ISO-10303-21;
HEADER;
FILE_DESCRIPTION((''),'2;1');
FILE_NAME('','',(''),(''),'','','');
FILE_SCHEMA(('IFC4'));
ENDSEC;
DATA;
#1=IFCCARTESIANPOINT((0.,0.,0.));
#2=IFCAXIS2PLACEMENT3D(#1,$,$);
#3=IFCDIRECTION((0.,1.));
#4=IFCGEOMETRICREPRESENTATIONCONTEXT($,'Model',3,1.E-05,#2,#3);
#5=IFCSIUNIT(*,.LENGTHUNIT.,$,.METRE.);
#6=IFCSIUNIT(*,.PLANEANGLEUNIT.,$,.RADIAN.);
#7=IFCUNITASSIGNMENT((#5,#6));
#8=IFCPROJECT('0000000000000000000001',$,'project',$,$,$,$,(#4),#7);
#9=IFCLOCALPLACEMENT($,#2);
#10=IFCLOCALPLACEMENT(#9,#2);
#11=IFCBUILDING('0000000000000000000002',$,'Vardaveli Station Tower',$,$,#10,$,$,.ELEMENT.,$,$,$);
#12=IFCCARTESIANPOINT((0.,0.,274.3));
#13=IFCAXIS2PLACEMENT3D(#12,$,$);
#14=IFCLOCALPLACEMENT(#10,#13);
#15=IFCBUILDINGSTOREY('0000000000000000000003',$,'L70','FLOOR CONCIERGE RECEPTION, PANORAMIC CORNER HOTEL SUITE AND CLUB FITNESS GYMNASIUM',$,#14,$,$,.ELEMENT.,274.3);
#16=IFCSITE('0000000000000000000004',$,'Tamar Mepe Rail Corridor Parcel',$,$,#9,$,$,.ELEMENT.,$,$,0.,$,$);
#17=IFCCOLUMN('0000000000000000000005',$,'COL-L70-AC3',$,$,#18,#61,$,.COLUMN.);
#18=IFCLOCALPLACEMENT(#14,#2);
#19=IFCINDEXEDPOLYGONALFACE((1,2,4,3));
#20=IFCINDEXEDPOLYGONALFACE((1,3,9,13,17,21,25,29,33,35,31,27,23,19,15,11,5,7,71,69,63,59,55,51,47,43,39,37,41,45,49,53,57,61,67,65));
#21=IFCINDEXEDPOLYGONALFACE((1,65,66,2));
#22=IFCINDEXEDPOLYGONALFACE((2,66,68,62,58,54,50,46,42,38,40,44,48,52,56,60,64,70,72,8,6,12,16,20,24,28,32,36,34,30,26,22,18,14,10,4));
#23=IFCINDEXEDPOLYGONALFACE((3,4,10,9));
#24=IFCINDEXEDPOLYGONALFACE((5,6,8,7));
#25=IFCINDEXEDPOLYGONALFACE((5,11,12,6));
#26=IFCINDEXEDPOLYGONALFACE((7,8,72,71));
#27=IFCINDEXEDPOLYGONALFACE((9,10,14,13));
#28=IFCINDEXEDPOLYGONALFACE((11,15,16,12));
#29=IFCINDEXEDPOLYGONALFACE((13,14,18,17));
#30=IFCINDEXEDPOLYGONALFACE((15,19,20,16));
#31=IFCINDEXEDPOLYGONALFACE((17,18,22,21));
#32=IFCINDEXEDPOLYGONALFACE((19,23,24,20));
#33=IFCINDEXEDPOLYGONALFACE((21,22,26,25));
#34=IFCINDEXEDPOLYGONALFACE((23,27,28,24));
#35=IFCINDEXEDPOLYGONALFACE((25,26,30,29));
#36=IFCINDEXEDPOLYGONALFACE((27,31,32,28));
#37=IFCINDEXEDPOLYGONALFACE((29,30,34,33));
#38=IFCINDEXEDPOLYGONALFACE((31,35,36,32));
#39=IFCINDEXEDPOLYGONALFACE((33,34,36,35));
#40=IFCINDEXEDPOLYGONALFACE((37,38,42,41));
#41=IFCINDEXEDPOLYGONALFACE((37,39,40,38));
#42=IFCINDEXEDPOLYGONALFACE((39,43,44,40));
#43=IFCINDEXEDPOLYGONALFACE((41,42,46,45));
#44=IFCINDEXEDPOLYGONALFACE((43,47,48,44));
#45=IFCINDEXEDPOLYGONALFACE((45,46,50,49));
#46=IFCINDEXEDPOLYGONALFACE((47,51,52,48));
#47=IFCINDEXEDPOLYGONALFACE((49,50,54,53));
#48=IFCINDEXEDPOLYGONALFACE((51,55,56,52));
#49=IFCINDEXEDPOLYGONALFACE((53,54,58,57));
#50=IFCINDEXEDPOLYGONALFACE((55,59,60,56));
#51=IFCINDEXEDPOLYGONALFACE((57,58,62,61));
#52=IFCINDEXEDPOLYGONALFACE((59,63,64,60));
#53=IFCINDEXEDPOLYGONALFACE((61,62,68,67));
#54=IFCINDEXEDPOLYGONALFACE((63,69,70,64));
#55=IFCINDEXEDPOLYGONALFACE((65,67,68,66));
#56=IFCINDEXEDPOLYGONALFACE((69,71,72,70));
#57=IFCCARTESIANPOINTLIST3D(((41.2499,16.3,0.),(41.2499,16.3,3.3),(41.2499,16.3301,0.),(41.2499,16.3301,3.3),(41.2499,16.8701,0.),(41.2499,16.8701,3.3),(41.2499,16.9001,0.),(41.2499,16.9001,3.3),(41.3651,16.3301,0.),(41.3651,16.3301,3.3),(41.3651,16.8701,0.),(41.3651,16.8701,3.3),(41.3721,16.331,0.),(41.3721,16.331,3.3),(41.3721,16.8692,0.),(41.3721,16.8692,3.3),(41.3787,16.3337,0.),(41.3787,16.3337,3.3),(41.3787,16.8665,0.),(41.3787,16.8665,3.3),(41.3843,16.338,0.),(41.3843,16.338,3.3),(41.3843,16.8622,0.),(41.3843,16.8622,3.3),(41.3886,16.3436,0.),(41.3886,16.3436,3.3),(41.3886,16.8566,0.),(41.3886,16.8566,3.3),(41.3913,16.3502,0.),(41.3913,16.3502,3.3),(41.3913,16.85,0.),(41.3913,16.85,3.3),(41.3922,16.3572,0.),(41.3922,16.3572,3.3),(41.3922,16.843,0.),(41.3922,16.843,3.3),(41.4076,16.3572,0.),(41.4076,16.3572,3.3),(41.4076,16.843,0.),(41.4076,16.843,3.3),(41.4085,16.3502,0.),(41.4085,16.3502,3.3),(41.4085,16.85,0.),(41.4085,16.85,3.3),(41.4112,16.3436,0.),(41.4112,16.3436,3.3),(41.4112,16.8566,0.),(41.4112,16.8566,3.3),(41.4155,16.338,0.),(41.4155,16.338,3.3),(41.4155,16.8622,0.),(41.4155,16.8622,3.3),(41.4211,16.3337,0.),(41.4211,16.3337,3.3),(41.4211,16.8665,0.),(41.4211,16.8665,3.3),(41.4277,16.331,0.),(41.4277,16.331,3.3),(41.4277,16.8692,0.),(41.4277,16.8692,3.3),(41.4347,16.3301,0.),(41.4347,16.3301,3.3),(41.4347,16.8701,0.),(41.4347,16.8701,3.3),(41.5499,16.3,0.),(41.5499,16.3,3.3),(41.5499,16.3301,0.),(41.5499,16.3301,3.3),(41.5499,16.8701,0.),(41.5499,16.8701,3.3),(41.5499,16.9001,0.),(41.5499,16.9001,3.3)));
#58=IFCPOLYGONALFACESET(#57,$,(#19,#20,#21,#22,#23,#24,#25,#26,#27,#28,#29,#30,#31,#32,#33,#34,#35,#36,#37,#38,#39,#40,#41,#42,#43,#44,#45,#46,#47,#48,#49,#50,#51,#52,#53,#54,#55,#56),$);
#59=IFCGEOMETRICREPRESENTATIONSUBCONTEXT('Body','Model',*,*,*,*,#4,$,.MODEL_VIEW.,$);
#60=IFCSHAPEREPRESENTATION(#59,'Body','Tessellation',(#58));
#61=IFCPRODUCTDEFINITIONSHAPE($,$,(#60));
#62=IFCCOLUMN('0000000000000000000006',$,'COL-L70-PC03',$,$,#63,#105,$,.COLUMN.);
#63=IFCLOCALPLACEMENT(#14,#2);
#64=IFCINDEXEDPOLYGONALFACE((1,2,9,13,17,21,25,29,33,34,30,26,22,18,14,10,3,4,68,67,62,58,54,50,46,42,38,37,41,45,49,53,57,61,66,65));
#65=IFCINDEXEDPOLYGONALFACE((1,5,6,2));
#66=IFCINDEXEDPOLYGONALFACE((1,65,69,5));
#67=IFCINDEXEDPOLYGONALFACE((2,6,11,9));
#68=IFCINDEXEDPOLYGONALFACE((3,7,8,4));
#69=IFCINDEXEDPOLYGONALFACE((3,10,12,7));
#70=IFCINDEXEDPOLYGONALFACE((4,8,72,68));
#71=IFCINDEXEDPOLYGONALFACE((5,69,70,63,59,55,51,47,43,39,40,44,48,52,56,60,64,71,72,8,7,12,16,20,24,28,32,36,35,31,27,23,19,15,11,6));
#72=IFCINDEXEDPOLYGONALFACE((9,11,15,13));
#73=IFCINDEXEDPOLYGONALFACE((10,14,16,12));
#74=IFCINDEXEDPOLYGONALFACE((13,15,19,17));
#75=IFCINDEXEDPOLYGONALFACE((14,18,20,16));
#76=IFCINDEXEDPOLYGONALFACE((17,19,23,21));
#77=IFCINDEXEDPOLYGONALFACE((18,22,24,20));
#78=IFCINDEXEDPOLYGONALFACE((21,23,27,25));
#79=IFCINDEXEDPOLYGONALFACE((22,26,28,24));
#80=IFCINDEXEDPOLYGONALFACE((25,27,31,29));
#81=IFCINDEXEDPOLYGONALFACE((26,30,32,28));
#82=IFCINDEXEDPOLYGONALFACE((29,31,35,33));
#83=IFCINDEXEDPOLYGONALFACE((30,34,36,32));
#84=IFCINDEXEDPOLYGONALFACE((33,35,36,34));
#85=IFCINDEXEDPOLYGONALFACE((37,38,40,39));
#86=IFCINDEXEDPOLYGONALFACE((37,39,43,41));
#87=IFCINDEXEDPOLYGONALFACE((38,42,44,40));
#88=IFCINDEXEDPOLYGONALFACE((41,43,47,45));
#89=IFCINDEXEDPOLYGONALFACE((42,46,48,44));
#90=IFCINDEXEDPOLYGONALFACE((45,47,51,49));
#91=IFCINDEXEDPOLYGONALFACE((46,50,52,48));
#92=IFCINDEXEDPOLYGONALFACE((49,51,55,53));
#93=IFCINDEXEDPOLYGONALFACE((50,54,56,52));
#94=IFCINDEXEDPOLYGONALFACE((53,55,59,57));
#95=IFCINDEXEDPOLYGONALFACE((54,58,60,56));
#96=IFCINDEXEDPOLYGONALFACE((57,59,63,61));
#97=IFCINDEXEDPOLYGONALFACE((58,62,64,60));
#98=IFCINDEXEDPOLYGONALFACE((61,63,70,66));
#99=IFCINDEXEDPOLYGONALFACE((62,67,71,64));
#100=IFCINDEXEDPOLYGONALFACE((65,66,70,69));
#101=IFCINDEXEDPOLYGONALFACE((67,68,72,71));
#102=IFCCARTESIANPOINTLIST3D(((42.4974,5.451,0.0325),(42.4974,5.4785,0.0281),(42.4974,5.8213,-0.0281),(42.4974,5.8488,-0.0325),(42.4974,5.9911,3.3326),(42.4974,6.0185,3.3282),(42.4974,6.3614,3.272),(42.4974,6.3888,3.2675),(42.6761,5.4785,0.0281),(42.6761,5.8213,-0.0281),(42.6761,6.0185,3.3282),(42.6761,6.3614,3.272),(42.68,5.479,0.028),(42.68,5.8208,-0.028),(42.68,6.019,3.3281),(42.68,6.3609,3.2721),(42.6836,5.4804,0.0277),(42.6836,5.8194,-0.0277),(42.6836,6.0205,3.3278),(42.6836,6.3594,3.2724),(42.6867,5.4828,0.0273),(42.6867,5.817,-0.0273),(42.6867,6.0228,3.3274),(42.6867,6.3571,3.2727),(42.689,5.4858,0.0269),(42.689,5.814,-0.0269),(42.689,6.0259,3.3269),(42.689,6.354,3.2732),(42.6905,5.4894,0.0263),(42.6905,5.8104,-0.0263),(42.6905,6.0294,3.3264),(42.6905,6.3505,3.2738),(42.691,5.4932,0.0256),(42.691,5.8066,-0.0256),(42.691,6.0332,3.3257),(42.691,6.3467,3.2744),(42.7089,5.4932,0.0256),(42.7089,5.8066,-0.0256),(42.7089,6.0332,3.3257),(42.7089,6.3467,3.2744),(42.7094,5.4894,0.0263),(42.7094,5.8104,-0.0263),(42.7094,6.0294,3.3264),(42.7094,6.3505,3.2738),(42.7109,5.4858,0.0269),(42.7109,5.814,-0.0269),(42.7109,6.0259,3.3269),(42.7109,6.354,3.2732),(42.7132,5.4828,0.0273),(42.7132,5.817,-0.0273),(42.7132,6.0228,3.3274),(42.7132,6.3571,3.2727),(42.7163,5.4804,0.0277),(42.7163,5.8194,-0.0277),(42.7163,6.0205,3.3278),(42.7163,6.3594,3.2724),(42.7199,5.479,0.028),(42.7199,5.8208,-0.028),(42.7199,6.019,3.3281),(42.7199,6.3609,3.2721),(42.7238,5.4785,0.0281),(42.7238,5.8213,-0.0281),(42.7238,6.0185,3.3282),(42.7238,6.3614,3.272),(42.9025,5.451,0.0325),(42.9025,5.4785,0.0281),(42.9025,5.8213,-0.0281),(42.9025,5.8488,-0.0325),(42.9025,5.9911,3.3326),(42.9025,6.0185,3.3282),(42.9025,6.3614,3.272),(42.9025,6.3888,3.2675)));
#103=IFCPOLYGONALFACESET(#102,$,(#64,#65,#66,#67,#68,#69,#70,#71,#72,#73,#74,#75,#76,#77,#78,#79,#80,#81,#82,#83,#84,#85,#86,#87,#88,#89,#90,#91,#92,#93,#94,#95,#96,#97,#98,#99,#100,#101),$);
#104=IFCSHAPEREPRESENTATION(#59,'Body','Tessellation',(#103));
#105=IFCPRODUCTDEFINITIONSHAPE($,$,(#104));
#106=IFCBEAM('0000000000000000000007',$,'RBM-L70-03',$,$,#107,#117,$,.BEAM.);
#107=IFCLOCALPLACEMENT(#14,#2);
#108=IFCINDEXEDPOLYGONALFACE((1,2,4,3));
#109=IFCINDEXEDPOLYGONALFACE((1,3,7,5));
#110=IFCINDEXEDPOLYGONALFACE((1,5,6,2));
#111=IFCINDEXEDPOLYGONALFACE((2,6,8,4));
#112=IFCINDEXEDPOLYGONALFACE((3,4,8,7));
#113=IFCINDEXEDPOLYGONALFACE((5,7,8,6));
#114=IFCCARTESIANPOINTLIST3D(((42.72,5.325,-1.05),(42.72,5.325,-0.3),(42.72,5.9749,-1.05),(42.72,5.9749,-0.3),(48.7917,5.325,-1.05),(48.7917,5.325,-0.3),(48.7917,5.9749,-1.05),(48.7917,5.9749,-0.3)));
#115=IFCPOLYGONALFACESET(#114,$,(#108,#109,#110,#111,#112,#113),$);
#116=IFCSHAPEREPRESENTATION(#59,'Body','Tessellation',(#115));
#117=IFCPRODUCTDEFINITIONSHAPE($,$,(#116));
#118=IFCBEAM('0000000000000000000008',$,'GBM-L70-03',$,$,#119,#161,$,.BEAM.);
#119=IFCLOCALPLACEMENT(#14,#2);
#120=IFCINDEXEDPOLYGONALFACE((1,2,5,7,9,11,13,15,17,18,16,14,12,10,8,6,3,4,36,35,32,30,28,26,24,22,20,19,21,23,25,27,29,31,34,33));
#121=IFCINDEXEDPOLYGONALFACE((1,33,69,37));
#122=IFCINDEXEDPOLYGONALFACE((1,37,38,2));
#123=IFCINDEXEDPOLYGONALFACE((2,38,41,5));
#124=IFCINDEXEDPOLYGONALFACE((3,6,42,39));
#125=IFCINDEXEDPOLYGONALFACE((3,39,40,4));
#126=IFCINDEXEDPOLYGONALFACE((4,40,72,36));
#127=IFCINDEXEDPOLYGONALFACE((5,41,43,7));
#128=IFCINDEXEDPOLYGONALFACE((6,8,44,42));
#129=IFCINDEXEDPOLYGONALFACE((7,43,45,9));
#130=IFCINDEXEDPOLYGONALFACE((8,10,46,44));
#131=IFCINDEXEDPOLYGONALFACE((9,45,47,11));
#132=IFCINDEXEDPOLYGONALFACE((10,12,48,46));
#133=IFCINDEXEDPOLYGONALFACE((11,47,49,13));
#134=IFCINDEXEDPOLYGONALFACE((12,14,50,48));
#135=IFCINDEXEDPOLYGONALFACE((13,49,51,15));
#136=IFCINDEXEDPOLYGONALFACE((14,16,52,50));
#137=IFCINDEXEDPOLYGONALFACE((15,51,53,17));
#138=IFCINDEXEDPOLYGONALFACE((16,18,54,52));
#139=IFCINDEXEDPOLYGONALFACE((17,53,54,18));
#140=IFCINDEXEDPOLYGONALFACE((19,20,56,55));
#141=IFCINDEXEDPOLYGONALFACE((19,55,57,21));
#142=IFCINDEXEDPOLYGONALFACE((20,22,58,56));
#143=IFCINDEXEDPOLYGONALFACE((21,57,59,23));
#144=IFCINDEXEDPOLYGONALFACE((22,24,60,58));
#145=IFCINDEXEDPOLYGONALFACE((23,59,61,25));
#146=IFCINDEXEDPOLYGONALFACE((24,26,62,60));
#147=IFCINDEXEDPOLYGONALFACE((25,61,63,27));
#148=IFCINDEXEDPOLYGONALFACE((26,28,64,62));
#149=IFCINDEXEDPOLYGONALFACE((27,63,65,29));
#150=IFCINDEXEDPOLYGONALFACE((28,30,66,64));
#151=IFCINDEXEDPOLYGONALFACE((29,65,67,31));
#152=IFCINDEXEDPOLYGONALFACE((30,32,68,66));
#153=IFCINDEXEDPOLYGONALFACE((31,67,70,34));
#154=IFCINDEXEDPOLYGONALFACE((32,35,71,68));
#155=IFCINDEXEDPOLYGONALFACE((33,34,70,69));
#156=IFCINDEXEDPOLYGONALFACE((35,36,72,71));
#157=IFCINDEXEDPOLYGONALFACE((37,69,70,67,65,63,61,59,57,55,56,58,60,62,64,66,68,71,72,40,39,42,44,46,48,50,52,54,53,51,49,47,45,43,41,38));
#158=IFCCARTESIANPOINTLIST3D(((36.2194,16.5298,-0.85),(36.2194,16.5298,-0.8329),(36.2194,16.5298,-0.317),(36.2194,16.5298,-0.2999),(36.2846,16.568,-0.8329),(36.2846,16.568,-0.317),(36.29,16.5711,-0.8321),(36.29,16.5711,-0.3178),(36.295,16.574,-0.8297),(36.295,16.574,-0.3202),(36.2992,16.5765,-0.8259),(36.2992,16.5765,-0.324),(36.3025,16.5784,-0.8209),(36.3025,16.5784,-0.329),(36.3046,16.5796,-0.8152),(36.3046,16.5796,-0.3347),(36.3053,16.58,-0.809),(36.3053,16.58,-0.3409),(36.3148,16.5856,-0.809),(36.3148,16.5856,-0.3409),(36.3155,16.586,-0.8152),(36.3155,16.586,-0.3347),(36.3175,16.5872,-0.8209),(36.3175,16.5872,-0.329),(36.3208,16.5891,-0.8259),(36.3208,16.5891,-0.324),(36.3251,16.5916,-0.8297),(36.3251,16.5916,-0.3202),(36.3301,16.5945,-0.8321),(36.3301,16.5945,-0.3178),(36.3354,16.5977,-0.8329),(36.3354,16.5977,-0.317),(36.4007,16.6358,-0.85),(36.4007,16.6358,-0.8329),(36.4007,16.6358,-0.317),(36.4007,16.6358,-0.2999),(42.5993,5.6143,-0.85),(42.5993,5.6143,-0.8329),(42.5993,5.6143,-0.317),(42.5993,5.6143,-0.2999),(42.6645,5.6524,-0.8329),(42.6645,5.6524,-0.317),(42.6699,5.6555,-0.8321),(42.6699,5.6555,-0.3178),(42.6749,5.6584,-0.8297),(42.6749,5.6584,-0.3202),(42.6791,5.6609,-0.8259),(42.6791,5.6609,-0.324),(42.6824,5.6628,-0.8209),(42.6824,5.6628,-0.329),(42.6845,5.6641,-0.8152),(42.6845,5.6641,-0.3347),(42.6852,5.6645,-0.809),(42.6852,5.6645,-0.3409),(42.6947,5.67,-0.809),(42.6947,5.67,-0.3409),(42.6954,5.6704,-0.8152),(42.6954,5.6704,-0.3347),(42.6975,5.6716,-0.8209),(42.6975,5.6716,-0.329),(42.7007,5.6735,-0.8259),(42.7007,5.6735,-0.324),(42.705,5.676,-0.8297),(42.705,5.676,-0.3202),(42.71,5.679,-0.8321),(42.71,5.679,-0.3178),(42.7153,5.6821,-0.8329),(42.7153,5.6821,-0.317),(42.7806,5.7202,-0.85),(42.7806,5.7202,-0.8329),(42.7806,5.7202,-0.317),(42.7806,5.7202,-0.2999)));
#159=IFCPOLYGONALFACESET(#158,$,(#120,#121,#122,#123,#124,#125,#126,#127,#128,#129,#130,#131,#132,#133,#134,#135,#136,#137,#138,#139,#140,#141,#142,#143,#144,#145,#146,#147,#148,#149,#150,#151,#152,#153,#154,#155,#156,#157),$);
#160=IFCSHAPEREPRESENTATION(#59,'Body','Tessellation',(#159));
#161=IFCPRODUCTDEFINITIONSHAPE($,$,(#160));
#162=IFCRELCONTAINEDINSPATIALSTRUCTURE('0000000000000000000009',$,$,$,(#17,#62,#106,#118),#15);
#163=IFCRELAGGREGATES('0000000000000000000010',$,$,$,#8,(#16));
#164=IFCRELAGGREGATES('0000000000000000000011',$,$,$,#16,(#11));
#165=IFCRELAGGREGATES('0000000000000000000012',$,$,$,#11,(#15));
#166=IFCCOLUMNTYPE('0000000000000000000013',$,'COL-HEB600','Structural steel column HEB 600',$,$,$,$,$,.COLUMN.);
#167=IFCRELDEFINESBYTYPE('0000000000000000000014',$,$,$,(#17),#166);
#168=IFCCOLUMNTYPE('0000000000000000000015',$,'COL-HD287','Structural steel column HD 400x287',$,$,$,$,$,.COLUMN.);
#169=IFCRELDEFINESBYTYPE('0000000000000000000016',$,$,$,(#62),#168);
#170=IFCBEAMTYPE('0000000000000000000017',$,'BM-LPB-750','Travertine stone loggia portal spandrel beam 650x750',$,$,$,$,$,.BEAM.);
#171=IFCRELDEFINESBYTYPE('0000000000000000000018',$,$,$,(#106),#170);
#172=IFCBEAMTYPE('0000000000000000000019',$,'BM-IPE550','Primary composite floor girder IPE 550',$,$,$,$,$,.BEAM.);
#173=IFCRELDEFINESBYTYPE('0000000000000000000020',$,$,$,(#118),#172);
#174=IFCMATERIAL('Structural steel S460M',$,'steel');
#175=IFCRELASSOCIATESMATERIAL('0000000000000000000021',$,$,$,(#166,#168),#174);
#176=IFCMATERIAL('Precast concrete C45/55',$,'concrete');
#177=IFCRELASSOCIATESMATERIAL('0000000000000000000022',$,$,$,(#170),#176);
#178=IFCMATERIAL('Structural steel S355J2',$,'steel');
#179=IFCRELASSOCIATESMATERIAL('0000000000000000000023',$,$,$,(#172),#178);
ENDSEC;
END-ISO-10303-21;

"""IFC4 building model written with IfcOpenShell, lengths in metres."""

from ifc_helpers import new_model, si_unit, direction, frame, origin, origin_2d, place, context, subcontext, project, spatial, rectangle, i_section, extrude, source, transform, mapped, material, material_profile, profile_set, type_object, element, save


model = new_model("IFC4")

# Units and contexts
model_context = context("Model", 3, precision=1e-05, world=origin(), true_north=direction((0.0, 1.0)))
body_context = subcontext(model_context, "Body", "Model", "MODEL_VIEW")
ifc_project = project(units=[si_unit("LENGTHUNIT", "METRE"), si_unit("PLANEANGLEUNIT", "RADIAN")], contexts=[model_context])

# Site, building, storey
site_placement = place(None, origin())
site = spatial("IfcSite", under=ifc_project, at=site_placement, Name="Tamar Mepe Rail Corridor Parcel", CompositionType="ELEMENT", RefElevation=0.0)
building_placement = place(site_placement, origin())
building = spatial("IfcBuilding", under=site, at=building_placement, Name="Vardaveli Station Tower", CompositionType="ELEMENT")
storey_placement = place(building_placement, frame((0.0, 0.0, 274.3)))
storey = spatial("IfcBuildingStorey", under=building, at=storey_placement, Name="L70", Description="FLOOR CONCIERGE RECEPTION, PANORAMIC CORNER HOTEL SUITE AND CLUB FITNESS GYMNASIUM", CompositionType="ELEMENT", Elevation=274.3)

# Columns
ifc_material_1 = material(Name="Structural steel S460M", Category="steel")
ifc_material_profile_1 = material_profile(ifc_material_1, i_section(OverallWidth=0.3, OverallDepth=0.6001, WebThickness=0.0154, FlangeThickness=0.03, FilletRadius=0.0271, at=origin_2d()), Name="HEB 600")
ifc_profile_set_1 = profile_set([ifc_material_profile_1], Name="Structural steel S460M")
column_type_1 = type_object("IfcColumnType", Name="COL-HEB600", Description="Structural steel column HEB 600", PredefinedType="COLUMN", material=ifc_profile_set_1)
shared_shape_1 = source(origin(), body_context, "Body", "SweptSolid", [
    extrude(i_section(OverallWidth=0.3, OverallDepth=0.6001, WebThickness=0.0154, FlangeThickness=0.03, FilletRadius=0.0271, at=origin_2d()), origin(), (0.0, 0.0, 1.0), 3.3),
])
column_1_placement = place(storey_placement, frame((41.3999, 16.6001, 0.0), z_axis=(0.0, 0.0, 1.0), x_axis=(1.0, 0.0, 0.0)))
element("IfcColumn", 1, at=column_1_placement, inside=storey, type_object=column_type_1, Name="COL-L70-AC3", PredefinedType="COLUMN", context=body_context, shape_type="MappedRepresentation", body=[
    mapped(shared_shape_1, transform((0.0, 0.0, 0.0), scale=1.0)),
])
ifc_material_profile_2 = material_profile(ifc_material_1, i_section(OverallWidth=0.405, OverallDepth=0.4031, WebThickness=0.0178, FlangeThickness=0.0278, FilletRadius=0.0149, at=origin_2d()), Name="HD 400x287")
ifc_profile_set_2 = profile_set([ifc_material_profile_2], Name="Structural steel S460M")
column_type_2 = type_object("IfcColumnType", Name="COL-HD287", Description="Structural steel column HD 400x287", PredefinedType="COLUMN", material=ifc_profile_set_2)
shared_shape_2 = source(origin(), body_context, "Body", "SweptSolid", [
    extrude(i_section(OverallWidth=0.405, OverallDepth=0.4031, WebThickness=0.0178, FlangeThickness=0.0278, FilletRadius=0.0149, at=origin_2d()), origin(), (0.0, 0.0, 1.0), 3.344),
])
column_2_placement = place(storey_placement, frame((42.7, 5.6499, 0.0), z_axis=(0.0, 0.161498, 0.986873), x_axis=(-1.0, 0.0, 0.0)))
element("IfcColumn", 2, at=column_2_placement, inside=storey, type_object=column_type_2, Name="COL-L70-PC03", PredefinedType="COLUMN", context=body_context, shape_type="MappedRepresentation", body=[
    mapped(shared_shape_2, transform((0.0, 0.0, 0.0), scale=1.0)),
])

# Beams
ifc_material_2 = material(Name="Precast concrete C45/55", Category="concrete")
ifc_material_profile_3 = material_profile(ifc_material_2, rectangle(XDim=0.6499, YDim=0.75, at=origin_2d()), Name="LPB 650x750")
ifc_profile_set_3 = profile_set([ifc_material_profile_3], Name="Precast concrete C45/55")
beam_type_1 = type_object("IfcBeamType", Name="BM-LPB-750", Description="Travertine stone loggia portal spandrel beam 650x750", PredefinedType="BEAM", material=ifc_profile_set_3)
shared_shape_3 = source(origin(), body_context, "Body", "SweptSolid", [
    extrude(rectangle(XDim=0.6499, YDim=0.75, at=origin_2d()), origin(), (0.0, 0.0, 1.0), 6.0718),
])
beam_1_placement = place(storey_placement, frame((42.72, 5.6499, -0.675), z_axis=(1.0, 0.0, 0.0), x_axis=(0.0, 1.0, 0.0)))
element("IfcBeam", 3, at=beam_1_placement, inside=storey, type_object=beam_type_1, Name="RBM-L70-03", PredefinedType="BEAM", context=body_context, shape_type="MappedRepresentation", body=[
    mapped(shared_shape_3, transform((0.0, 0.0, 0.0), scale=1.0)),
])
ifc_material_3 = material(Name="Structural steel S355J2", Category="steel")
ifc_material_profile_4 = material_profile(ifc_material_3, i_section(OverallWidth=0.21, OverallDepth=0.55, WebThickness=0.011, FlangeThickness=0.0171, FilletRadius=0.0239, at=origin_2d()), Name="IPE 550")
ifc_profile_set_4 = profile_set([ifc_material_profile_4], Name="Structural steel S355J2")
beam_type_2 = type_object("IfcBeamType", Name="BM-IPE550", Description="Primary composite floor girder IPE 550", PredefinedType="BEAM", material=ifc_profile_set_4)
shared_shape_4 = source(origin(), body_context, "Body", "SweptSolid", [
    extrude(i_section(OverallWidth=0.21, OverallDepth=0.55, WebThickness=0.011, FlangeThickness=0.0171, FilletRadius=0.0239, at=origin_2d()), origin(), (0.0, 0.0, 1.0), 12.6433),
])
beam_2_placement = place(storey_placement, frame((42.6899, 5.6672, -0.575), z_axis=(-0.504608, 0.863349, 0.0), x_axis=(-0.863349, -0.504608, 0.0)))
element("IfcBeam", 4, at=beam_2_placement, inside=storey, type_object=beam_type_2, Name="GBM-L70-03", PredefinedType="BEAM", context=body_context, shape_type="MappedRepresentation", body=[
    mapped(shared_shape_4, transform((0.0, 0.0, 0.0), scale=1.0)),
])

save(model, "model.ifc")
